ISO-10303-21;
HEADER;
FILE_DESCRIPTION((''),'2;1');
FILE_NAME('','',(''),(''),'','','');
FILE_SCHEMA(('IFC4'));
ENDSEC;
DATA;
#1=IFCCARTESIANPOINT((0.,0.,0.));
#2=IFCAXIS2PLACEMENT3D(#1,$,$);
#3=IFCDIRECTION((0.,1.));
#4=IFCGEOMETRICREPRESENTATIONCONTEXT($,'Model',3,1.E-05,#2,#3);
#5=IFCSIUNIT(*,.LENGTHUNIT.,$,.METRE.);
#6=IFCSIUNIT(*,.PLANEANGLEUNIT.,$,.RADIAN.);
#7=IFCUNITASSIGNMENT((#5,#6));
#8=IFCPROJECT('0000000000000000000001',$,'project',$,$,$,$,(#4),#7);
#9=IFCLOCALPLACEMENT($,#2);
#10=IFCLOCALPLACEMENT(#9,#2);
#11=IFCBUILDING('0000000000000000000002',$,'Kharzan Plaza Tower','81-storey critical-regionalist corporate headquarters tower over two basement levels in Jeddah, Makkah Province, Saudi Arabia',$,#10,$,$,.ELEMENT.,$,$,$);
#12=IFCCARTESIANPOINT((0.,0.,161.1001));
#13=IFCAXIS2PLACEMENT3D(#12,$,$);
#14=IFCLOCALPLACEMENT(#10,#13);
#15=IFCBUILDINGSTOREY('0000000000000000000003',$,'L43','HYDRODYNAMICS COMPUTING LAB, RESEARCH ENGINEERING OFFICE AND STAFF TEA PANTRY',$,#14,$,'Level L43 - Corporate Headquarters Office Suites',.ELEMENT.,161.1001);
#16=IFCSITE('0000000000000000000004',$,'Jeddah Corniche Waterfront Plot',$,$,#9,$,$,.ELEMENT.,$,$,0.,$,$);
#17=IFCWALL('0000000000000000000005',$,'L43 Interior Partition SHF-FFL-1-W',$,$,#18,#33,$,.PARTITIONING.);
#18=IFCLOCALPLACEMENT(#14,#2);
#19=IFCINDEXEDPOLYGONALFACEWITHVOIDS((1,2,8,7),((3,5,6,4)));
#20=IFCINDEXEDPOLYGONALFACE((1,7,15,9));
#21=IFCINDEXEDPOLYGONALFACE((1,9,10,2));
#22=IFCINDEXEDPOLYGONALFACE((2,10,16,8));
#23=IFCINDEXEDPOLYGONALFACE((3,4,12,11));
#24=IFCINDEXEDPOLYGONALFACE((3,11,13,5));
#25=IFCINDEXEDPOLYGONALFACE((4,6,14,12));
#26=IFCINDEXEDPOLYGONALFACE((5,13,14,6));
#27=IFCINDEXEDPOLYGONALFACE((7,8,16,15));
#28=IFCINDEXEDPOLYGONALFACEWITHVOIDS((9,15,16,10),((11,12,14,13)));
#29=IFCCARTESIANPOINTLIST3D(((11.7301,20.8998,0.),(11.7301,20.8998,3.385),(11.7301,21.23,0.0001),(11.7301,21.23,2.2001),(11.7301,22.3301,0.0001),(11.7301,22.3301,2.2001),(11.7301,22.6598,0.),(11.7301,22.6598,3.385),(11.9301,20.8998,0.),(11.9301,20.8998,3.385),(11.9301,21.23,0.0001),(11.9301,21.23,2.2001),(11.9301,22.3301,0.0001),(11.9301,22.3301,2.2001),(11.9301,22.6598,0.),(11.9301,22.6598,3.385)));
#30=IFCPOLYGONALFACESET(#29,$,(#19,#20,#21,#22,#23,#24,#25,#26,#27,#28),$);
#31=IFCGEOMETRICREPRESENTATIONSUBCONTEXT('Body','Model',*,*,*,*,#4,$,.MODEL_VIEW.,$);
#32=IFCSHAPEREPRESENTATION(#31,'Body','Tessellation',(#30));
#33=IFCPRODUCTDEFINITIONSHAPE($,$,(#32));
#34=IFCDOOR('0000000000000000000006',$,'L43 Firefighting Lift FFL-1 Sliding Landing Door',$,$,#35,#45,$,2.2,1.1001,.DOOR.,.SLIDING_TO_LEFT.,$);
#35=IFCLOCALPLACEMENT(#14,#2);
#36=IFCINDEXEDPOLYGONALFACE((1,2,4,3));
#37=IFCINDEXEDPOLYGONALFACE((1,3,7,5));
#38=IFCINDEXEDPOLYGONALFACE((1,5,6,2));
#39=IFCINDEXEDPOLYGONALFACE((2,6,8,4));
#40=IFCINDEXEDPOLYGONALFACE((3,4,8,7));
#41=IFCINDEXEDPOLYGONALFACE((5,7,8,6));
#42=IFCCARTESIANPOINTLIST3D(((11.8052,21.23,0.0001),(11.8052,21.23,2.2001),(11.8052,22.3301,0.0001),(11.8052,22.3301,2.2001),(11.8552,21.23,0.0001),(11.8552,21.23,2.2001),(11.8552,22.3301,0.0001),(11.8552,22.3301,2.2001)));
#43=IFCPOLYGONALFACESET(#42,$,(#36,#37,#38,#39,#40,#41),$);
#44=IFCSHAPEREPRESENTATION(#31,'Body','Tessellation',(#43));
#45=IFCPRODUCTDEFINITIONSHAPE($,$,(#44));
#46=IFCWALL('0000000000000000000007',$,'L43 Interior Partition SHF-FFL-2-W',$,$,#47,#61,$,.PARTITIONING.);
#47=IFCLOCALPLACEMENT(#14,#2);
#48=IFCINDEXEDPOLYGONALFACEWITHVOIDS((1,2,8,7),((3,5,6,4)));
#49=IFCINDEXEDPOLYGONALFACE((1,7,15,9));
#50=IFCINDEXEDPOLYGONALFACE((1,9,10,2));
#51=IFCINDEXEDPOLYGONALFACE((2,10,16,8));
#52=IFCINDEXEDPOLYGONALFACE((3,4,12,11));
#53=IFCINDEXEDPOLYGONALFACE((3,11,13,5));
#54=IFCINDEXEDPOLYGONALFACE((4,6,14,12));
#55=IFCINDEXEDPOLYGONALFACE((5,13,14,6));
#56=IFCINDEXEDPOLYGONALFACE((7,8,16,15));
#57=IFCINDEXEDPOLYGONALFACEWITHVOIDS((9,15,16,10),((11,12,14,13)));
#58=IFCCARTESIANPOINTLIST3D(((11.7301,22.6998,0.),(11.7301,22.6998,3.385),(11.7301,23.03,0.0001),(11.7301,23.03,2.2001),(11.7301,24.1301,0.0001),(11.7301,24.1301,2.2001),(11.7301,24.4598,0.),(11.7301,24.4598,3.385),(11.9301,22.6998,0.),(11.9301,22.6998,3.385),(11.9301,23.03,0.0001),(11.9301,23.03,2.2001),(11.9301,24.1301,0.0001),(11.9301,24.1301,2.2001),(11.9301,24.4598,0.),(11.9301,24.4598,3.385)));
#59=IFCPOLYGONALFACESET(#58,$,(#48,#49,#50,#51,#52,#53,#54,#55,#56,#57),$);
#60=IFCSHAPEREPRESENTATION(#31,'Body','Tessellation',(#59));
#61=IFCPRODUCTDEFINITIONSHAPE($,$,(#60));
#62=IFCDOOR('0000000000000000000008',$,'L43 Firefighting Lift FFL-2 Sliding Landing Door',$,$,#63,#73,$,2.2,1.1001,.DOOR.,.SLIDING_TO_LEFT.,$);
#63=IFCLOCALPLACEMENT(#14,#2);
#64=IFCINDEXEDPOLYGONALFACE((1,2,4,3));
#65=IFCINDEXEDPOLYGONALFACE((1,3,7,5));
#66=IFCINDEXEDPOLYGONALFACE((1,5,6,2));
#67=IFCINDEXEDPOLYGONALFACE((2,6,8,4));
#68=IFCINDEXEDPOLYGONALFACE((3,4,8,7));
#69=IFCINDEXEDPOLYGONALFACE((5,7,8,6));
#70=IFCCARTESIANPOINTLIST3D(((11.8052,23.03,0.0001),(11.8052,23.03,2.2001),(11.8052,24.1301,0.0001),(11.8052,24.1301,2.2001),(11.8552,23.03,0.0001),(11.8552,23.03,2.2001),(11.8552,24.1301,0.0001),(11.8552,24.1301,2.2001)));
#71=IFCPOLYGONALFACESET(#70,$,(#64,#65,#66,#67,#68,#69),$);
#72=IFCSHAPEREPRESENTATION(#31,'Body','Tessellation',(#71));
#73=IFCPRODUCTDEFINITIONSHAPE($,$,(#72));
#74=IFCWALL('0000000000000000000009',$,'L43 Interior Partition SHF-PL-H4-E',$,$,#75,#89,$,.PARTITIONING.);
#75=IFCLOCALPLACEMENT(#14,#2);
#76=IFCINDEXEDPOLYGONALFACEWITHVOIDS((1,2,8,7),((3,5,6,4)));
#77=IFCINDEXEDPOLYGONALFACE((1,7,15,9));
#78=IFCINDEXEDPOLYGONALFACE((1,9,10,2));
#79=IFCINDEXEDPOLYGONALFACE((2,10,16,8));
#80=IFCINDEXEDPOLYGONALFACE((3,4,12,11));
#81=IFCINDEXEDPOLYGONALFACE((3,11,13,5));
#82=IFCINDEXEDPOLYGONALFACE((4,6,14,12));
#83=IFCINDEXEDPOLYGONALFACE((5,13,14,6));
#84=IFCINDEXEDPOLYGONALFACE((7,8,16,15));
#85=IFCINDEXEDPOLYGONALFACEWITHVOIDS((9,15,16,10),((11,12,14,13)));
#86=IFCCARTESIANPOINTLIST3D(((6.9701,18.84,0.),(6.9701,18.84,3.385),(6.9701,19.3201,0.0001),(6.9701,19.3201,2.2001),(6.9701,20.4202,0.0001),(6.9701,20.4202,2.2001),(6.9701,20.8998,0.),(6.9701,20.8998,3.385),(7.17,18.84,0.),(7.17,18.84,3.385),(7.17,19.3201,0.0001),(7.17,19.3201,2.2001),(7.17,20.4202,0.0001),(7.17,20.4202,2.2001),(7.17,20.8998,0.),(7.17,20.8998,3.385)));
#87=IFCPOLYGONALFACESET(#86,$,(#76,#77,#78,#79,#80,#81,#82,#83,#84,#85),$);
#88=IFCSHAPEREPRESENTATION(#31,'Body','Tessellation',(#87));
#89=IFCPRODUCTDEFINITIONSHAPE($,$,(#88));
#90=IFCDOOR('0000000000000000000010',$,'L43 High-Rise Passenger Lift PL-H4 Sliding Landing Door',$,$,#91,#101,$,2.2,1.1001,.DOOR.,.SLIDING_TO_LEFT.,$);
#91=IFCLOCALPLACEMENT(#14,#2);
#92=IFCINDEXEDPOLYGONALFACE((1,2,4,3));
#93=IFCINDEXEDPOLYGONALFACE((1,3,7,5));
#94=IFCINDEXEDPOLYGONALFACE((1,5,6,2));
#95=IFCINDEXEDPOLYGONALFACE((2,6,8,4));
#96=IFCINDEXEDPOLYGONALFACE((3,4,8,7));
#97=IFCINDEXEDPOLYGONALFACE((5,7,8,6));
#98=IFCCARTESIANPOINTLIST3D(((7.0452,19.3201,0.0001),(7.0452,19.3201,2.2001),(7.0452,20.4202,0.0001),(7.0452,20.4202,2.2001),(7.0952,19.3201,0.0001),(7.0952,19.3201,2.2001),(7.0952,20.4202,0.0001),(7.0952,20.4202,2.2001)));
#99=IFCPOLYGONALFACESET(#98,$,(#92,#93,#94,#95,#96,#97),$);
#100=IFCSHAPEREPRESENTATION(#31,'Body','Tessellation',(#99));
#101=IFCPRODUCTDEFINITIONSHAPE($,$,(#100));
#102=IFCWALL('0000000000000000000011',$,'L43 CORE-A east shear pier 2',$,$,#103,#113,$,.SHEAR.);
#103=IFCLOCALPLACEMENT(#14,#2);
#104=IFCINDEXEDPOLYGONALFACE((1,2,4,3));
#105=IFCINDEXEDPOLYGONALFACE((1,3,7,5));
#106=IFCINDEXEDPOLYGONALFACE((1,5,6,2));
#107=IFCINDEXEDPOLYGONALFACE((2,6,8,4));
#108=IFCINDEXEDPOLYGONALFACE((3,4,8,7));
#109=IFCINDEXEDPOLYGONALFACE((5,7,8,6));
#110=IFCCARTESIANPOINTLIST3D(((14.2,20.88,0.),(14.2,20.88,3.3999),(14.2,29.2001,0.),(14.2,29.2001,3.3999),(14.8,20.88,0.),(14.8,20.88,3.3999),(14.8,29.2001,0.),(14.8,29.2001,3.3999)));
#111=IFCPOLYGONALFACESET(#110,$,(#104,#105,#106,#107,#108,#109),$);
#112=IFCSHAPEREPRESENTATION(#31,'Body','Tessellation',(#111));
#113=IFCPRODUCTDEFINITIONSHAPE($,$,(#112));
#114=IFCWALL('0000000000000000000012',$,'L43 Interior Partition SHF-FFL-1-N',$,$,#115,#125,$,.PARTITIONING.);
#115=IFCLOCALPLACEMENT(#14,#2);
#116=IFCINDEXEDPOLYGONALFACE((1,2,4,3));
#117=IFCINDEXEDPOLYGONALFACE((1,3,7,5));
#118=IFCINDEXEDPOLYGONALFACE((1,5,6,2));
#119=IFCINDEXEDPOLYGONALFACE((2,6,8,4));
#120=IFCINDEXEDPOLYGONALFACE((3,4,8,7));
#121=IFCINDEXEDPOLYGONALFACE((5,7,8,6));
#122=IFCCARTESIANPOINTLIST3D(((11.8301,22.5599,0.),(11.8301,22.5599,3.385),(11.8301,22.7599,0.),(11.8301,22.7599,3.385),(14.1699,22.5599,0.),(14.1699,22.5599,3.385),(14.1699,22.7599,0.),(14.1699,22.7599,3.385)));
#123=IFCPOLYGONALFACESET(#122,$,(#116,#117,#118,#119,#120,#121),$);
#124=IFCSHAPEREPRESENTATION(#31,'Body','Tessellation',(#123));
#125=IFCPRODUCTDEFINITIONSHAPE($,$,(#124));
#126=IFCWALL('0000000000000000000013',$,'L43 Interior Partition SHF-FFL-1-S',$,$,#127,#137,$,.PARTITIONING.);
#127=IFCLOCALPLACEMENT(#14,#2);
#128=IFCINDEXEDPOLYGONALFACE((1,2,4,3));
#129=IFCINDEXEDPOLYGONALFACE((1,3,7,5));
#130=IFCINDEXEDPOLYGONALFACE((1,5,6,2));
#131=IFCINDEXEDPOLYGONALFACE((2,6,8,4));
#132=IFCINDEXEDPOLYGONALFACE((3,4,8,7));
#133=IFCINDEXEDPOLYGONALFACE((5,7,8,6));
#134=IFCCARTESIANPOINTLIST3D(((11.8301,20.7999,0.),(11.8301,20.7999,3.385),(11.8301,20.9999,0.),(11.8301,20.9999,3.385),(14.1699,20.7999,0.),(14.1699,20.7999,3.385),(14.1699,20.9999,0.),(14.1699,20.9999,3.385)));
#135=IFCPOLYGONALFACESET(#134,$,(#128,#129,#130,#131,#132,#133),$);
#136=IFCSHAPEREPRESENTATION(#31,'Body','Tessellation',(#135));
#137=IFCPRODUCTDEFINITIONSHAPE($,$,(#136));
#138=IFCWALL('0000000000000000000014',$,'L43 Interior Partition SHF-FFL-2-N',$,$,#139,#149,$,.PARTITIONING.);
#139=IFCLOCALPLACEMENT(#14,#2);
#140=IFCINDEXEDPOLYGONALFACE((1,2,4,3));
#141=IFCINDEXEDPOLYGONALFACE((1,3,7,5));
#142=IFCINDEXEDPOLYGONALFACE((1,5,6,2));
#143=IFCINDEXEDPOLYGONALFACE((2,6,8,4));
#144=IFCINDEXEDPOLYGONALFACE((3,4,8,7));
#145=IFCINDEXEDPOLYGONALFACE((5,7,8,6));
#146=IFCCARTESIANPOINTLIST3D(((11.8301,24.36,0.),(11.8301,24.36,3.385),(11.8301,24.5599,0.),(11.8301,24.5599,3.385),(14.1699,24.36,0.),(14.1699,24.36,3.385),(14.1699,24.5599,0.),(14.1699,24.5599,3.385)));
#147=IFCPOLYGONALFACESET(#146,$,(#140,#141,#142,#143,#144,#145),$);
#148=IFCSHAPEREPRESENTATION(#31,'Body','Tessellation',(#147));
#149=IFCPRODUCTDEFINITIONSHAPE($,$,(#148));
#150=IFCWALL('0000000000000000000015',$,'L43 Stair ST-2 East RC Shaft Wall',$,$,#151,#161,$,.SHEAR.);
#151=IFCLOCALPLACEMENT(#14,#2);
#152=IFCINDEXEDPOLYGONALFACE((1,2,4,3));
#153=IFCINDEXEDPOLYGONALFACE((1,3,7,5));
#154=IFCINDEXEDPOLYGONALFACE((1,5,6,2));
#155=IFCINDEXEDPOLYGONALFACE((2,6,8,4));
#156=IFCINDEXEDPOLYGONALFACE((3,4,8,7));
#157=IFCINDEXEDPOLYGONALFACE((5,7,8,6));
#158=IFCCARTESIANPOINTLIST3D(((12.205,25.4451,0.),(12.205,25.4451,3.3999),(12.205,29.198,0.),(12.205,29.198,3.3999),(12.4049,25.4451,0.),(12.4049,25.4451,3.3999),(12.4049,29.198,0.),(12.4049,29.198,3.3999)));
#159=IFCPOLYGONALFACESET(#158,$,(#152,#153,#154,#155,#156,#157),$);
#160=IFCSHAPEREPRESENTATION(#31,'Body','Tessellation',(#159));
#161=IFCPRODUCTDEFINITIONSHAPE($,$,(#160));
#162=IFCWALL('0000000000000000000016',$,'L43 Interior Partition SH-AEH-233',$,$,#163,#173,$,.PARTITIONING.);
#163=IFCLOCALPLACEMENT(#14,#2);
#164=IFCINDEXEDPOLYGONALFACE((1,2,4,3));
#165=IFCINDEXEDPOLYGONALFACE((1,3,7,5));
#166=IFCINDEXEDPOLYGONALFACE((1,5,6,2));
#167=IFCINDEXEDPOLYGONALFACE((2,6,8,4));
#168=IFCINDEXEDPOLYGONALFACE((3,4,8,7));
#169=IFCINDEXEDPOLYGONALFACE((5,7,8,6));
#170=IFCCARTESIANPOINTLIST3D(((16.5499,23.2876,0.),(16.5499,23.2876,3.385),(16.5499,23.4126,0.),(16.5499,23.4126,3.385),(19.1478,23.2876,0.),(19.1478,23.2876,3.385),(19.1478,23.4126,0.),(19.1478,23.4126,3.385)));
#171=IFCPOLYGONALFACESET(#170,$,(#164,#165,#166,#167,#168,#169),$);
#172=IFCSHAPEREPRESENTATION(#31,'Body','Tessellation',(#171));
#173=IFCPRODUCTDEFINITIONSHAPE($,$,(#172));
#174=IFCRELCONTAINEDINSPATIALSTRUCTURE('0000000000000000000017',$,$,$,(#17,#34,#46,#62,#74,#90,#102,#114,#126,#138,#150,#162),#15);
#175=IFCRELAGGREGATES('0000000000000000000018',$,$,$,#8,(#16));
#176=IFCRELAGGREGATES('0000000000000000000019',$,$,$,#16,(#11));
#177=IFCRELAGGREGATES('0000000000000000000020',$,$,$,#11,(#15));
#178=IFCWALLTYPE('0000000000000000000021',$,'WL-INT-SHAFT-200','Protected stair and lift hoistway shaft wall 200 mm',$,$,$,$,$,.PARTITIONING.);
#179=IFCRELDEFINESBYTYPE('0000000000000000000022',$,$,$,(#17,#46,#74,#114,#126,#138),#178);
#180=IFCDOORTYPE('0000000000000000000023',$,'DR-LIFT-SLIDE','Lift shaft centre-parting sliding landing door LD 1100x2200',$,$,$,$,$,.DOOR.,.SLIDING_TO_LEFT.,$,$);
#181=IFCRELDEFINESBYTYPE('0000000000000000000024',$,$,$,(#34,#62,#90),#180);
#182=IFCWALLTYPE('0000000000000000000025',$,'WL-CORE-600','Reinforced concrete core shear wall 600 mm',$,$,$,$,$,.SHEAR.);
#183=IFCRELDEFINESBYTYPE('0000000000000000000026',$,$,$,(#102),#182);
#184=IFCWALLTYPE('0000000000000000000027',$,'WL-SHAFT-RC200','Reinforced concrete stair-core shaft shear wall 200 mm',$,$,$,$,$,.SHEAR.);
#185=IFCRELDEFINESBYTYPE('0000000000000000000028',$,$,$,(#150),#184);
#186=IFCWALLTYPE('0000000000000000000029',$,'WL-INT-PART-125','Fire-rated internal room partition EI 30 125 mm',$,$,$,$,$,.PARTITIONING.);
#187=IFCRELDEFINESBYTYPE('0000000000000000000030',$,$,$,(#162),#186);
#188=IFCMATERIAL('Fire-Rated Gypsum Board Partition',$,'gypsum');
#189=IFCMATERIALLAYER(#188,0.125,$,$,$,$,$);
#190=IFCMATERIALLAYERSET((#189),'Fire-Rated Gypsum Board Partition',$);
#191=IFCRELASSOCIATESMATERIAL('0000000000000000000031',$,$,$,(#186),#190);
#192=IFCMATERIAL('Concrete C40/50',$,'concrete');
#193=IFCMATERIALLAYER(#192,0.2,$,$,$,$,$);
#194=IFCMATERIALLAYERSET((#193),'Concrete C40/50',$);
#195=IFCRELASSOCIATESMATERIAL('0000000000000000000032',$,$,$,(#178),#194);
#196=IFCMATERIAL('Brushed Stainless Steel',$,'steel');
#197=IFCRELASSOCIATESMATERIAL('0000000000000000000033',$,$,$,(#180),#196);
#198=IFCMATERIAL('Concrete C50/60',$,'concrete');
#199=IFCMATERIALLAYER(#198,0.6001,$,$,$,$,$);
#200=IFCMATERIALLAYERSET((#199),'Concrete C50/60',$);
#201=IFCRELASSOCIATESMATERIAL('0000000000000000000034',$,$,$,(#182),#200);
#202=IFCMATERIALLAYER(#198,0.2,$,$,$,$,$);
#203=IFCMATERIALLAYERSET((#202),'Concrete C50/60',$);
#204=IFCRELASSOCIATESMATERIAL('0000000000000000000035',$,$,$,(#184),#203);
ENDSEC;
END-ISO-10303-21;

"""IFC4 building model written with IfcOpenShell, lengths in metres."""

from ifc_helpers import new_model, si_unit, direction, frame, frame_2d, origin, place, context, subcontext, project, spatial, rectangle, extrude, source, transform, mapped, material, layer, layer_set, type_object, element, fill, save


model = new_model("IFC4")

# Units and contexts
model_context = context("Model", 3, precision=1e-05, world=origin(), true_north=direction((0.0, 1.0)))
body_context = subcontext(model_context, "Body", "Model", "MODEL_VIEW")
ifc_project = project(units=[si_unit("LENGTHUNIT", "METRE"), si_unit("PLANEANGLEUNIT", "RADIAN")], contexts=[model_context])

# Site, building, storey
site_placement = place(None, origin())
site = spatial("IfcSite", under=ifc_project, at=site_placement, Name="Jeddah Corniche Waterfront Plot", CompositionType="ELEMENT", RefElevation=0.0)
building_placement = place(site_placement, origin())
building = spatial("IfcBuilding", under=site, at=building_placement, Name="Kharzan Plaza Tower", Description="81-storey critical-regionalist corporate headquarters tower over two basement levels in Jeddah, Makkah Province, Saudi Arabia", CompositionType="ELEMENT")
storey_placement = place(building_placement, frame((0.0, 0.0, 161.1001)))
storey = spatial("IfcBuildingStorey", under=building, at=storey_placement, Name="L43", Description="HYDRODYNAMICS COMPUTING LAB, RESEARCH ENGINEERING OFFICE AND STAFF TEA PANTRY", LongName="Level L43 - Corporate Headquarters Office Suites", CompositionType="ELEMENT", Elevation=161.1001)

# Walls, openings, doors
ifc_material_1 = material(Name="Concrete C40/50", Category="concrete")
ifc_material_2 = material(Name="Fire-Rated Gypsum Board Partition", Category="gypsum")
ifc_layer_1 = layer(ifc_material_2, 0.125)
ifc_layer_set_1 = layer_set([ifc_layer_1], Name="Fire-Rated Gypsum Board Partition")
wall_type_1 = type_object("IfcWallType", Name="WL-INT-PART-125", Description="Fire-rated internal room partition EI 30 125 mm", PredefinedType="PARTITIONING", material=ifc_layer_set_1)
ifc_layer_2 = layer(ifc_material_1, 0.2)
ifc_layer_set_2 = layer_set([ifc_layer_2], Name="Concrete C40/50")
wall_type_2 = type_object("IfcWallType", Name="WL-INT-SHAFT-200", Description="Protected stair and lift hoistway shaft wall 200 mm", PredefinedType="PARTITIONING", material=ifc_layer_set_2)
wall_1_placement = place(storey_placement, frame((11.8301, 20.8999, 0.0), z_axis=(0.0, 0.0, 1.0), x_axis=(0.0, 1.0, 0.0)))
wall_1 = element("IfcWall", 1, at=wall_1_placement, inside=storey, type_object=wall_type_2, Name="L43 Interior Partition SHF-FFL-1-W", PredefinedType="PARTITIONING", context=body_context, shape_type="SweptSolid", body=[
    extrude(rectangle(XDim=1.76, YDim=0.2, at=frame_2d((0.8799, 0.0))), origin(), (0.0, 0.0, 1.0), 3.385),
])
opening_1_placement = place(wall_1_placement, frame((0.3301, 0.0, 0.0)))
opening_1 = element("IfcOpeningElement", 2, at=opening_1_placement, cuts=wall_1, PredefinedType="OPENING", context=body_context, shape_type="SweptSolid", body=[
    extrude(rectangle(XDim=1.1001, YDim=2.2, at=frame_2d((0.55, 1.1001))), frame((0.0, 0.1099, 0.0), z_axis=(0.0, -1.0, 0.0), x_axis=(1.0, 0.0, 0.0)), (0.0, 0.0, 1.0), 0.22),
])
ifc_material_3 = material(Name="Brushed Stainless Steel", Category="steel")
door_type_1 = type_object("IfcDoorType", Name="DR-LIFT-SLIDE", Description="Lift shaft centre-parting sliding landing door LD 1100x2200", OperationType="SLIDING_TO_LEFT", PredefinedType="DOOR", material=ifc_material_3)
shared_shape_1 = source(origin(), body_context, "Body", "SweptSolid", [
    extrude(rectangle(XDim=1.1001, YDim=2.2, at=frame_2d((0.55, 1.1001))), frame((0.0, 0.0249, 0.0), z_axis=(0.0, -1.0, 0.0), x_axis=(1.0, 0.0, 0.0)), (0.0, 0.0, 1.0), 0.05),
])
door_1_placement = place(opening_1_placement, origin())
door_1 = element("IfcDoor", 3, at=door_1_placement, inside=storey, type_object=door_type_1, Name="L43 Firefighting Lift FFL-1 Sliding Landing Door", OperationType="SLIDING_TO_LEFT", OverallHeight=2.2, OverallWidth=1.1001, PredefinedType="DOOR", context=body_context, shape_type="MappedRepresentation", body=[
    mapped(shared_shape_1, transform((0.0, 0.0, 0.0), x_axis=(1.0, 0.0, 0.0), y_axis=(0.0, 1.0, 0.0), z_axis=(0.0, 0.0, 1.0))),
])
fill(opening_1, door_1)
wall_2_placement = place(storey_placement, frame((11.8301, 22.7, 0.0), z_axis=(0.0, 0.0, 1.0), x_axis=(0.0, 1.0, 0.0)))
wall_2 = element("IfcWall", 4, at=wall_2_placement, inside=storey, type_object=wall_type_2, Name="L43 Interior Partition SHF-FFL-2-W", PredefinedType="PARTITIONING", context=body_context, shape_type="SweptSolid", body=[
    extrude(rectangle(XDim=1.76, YDim=0.2, at=frame_2d((0.8799, 0.0))), origin(), (0.0, 0.0, 1.0), 3.385),
])
opening_2_placement = place(wall_2_placement, frame((0.3301, 0.0, 0.0)))
opening_2 = element("IfcOpeningElement", 5, at=opening_2_placement, cuts=wall_2, PredefinedType="OPENING", context=body_context, shape_type="SweptSolid", body=[
    extrude(rectangle(XDim=1.1001, YDim=2.2, at=frame_2d((0.55, 1.1001))), frame((0.0, 0.1099, 0.0), z_axis=(0.0, -1.0, 0.0), x_axis=(1.0, 0.0, 0.0)), (0.0, 0.0, 1.0), 0.22),
])
door_2_placement = place(opening_2_placement, origin())
door_2 = element("IfcDoor", 6, at=door_2_placement, inside=storey, type_object=door_type_1, Name="L43 Firefighting Lift FFL-2 Sliding Landing Door", OperationType="SLIDING_TO_LEFT", OverallHeight=2.2, OverallWidth=1.1001, PredefinedType="DOOR", context=body_context, shape_type="MappedRepresentation", body=[
    mapped(shared_shape_1, transform((0.0, 0.0, 0.0), x_axis=(1.0, 0.0, 0.0), y_axis=(0.0, 1.0, 0.0), z_axis=(0.0, 0.0, 1.0))),
])
fill(opening_2, door_2)
wall_3_placement = place(storey_placement, frame((7.0701, 18.8401, 0.0), z_axis=(0.0, 0.0, 1.0), x_axis=(0.0, 1.0, 0.0)))
wall_3 = element("IfcWall", 7, at=wall_3_placement, inside=storey, type_object=wall_type_2, Name="L43 Interior Partition SHF-PL-H4-E", PredefinedType="PARTITIONING", context=body_context, shape_type="SweptSolid", body=[
    extrude(rectangle(XDim=2.0598, YDim=0.2, at=frame_2d((1.0298, 0.0))), origin(), (0.0, 0.0, 1.0), 3.385),
])
opening_3_placement = place(wall_3_placement, frame((0.48, 0.0, 0.0)))
opening_3 = element("IfcOpeningElement", 8, at=opening_3_placement, cuts=wall_3, PredefinedType="OPENING", context=body_context, shape_type="SweptSolid", body=[
    extrude(rectangle(XDim=1.1001, YDim=2.2, at=frame_2d((0.55, 1.1001))), frame((0.0, 0.1099, 0.0), z_axis=(0.0, -1.0, 0.0), x_axis=(1.0, 0.0, 0.0)), (0.0, 0.0, 1.0), 0.22),
])
door_3_placement = place(opening_3_placement, origin())
door_3 = element("IfcDoor", 9, at=door_3_placement, inside=storey, type_object=door_type_1, Name="L43 High-Rise Passenger Lift PL-H4 Sliding Landing Door", OperationType="SLIDING_TO_LEFT", OverallHeight=2.2, OverallWidth=1.1001, PredefinedType="DOOR", context=body_context, shape_type="MappedRepresentation", body=[
    mapped(shared_shape_1, transform((0.0, 0.0, 0.0), x_axis=(1.0, 0.0, 0.0), y_axis=(0.0, 1.0, 0.0), z_axis=(0.0, 0.0, 1.0))),
])
fill(opening_3, door_3)

# Walls
ifc_material_4 = material(Name="Concrete C50/60", Category="concrete")
ifc_layer_3 = layer(ifc_material_4, 0.6001)
ifc_layer_set_3 = layer_set([ifc_layer_3], Name="Concrete C50/60")
wall_type_3 = type_object("IfcWallType", Name="WL-CORE-600", Description="Reinforced concrete core shear wall 600 mm", PredefinedType="SHEAR", material=ifc_layer_set_3)
shared_shape_2 = source(origin(), body_context, "Body", "SweptSolid", [
    extrude(rectangle(XDim=8.3201, YDim=0.6001, at=frame_2d((4.1602, 0.0))), origin(), (0.0, 0.0, 1.0), 3.3999),
])
wall_4_placement = place(storey_placement, frame((14.5, 20.8799, 0.0), z_axis=(0.0, 0.0, 1.0), x_axis=(0.0, 1.0, 0.0)))
element("IfcWall", 10, at=wall_4_placement, inside=storey, type_object=wall_type_3, Name="L43 CORE-A east shear pier 2", PredefinedType="SHEAR", context=body_context, shape_type="MappedRepresentation", body=[
    mapped(shared_shape_2, transform((0.0, 0.0, 0.0), x_axis=(1.0, 0.0, 0.0), y_axis=(0.0, 1.0, 0.0), z_axis=(0.0, 0.0, 1.0))),
])
shared_shape_3 = source(origin(), body_context, "Body", "SweptSolid", [
    extrude(rectangle(XDim=2.3398, YDim=0.2, at=frame_2d((1.1699, 0.0))), origin(), (0.0, 0.0, 1.0), 3.385),
])
for number, where, z_axis, x_axis, name in (
    (11, (11.8301, 22.6599, 0.0), (0.0, 0.0, 1.0), (1.0, 0.0, 0.0), "L43 Interior Partition SHF-FFL-1-N"),
    (12, (11.8301, 20.8999, 0.0), (0.0, 0.0, 1.0), (1.0, 0.0, 0.0), "L43 Interior Partition SHF-FFL-1-S"),
    (13, (11.8301, 24.46, 0.0), (0.0, 0.0, 1.0), (1.0, 0.0, 0.0), "L43 Interior Partition SHF-FFL-2-N"),
):
    element("IfcWall", number, at=place(storey_placement, frame(where, z_axis=z_axis, x_axis=x_axis)), inside=storey, type_object=wall_type_2, Name=name, PredefinedType="PARTITIONING", context=body_context, shape_type="MappedRepresentation", body=[
        mapped(shared_shape_3, transform((0.0, 0.0, 0.0), x_axis=(1.0, 0.0, 0.0), y_axis=(0.0, 1.0, 0.0), z_axis=(0.0, 0.0, 1.0))),
    ])
ifc_layer_4 = layer(ifc_material_4, 0.2)
ifc_layer_set_4 = layer_set([ifc_layer_4], Name="Concrete C50/60")
wall_type_4 = type_object("IfcWallType", Name="WL-SHAFT-RC200", Description="Reinforced concrete stair-core shaft shear wall 200 mm", PredefinedType="SHEAR", material=ifc_layer_set_4)
shared_shape_4 = source(origin(), body_context, "Body", "SweptSolid", [
    extrude(rectangle(XDim=3.7529, YDim=0.2, at=frame_2d((1.8765, 0.0))), origin(), (0.0, 0.0, 1.0), 3.3999),
])
wall_5_placement = place(storey_placement, frame((12.3049, 25.4451, 0.0), z_axis=(0.0, 0.0, 1.0), x_axis=(0.0, 1.0, 0.0)))
element("IfcWall", 14, at=wall_5_placement, inside=storey, type_object=wall_type_4, Name="L43 Stair ST-2 East RC Shaft Wall", PredefinedType="SHEAR", context=body_context, shape_type="MappedRepresentation", body=[
    mapped(shared_shape_4, transform((0.0, 0.0, 0.0), x_axis=(1.0, 0.0, 0.0), y_axis=(0.0, 1.0, 0.0), z_axis=(0.0, 0.0, 1.0))),
])
shared_shape_5 = source(origin(), body_context, "Body", "SweptSolid", [
    extrude(rectangle(XDim=2.5979, YDim=0.125, at=frame_2d((1.2988, 0.0))), origin(), (0.0, 0.0, 1.0), 3.385),
])
for number, where, z_axis, x_axis, name in (
    (15, (16.55, 23.3501, 0.0), (0.0, 0.0, 1.0), (1.0, 0.0, 0.0), "L43 Interior Partition SH-AEH-233"),
):
    element("IfcWall", number, at=place(storey_placement, frame(where, z_axis=z_axis, x_axis=x_axis)), inside=storey, type_object=wall_type_1, Name=name, PredefinedType="PARTITIONING", context=body_context, shape_type="MappedRepresentation", body=[
        mapped(shared_shape_5, transform((0.0, 0.0, 0.0), x_axis=(1.0, 0.0, 0.0), y_axis=(0.0, 1.0, 0.0), z_axis=(0.0, 0.0, 1.0))),
    ])

save(model, "model.ifc")
